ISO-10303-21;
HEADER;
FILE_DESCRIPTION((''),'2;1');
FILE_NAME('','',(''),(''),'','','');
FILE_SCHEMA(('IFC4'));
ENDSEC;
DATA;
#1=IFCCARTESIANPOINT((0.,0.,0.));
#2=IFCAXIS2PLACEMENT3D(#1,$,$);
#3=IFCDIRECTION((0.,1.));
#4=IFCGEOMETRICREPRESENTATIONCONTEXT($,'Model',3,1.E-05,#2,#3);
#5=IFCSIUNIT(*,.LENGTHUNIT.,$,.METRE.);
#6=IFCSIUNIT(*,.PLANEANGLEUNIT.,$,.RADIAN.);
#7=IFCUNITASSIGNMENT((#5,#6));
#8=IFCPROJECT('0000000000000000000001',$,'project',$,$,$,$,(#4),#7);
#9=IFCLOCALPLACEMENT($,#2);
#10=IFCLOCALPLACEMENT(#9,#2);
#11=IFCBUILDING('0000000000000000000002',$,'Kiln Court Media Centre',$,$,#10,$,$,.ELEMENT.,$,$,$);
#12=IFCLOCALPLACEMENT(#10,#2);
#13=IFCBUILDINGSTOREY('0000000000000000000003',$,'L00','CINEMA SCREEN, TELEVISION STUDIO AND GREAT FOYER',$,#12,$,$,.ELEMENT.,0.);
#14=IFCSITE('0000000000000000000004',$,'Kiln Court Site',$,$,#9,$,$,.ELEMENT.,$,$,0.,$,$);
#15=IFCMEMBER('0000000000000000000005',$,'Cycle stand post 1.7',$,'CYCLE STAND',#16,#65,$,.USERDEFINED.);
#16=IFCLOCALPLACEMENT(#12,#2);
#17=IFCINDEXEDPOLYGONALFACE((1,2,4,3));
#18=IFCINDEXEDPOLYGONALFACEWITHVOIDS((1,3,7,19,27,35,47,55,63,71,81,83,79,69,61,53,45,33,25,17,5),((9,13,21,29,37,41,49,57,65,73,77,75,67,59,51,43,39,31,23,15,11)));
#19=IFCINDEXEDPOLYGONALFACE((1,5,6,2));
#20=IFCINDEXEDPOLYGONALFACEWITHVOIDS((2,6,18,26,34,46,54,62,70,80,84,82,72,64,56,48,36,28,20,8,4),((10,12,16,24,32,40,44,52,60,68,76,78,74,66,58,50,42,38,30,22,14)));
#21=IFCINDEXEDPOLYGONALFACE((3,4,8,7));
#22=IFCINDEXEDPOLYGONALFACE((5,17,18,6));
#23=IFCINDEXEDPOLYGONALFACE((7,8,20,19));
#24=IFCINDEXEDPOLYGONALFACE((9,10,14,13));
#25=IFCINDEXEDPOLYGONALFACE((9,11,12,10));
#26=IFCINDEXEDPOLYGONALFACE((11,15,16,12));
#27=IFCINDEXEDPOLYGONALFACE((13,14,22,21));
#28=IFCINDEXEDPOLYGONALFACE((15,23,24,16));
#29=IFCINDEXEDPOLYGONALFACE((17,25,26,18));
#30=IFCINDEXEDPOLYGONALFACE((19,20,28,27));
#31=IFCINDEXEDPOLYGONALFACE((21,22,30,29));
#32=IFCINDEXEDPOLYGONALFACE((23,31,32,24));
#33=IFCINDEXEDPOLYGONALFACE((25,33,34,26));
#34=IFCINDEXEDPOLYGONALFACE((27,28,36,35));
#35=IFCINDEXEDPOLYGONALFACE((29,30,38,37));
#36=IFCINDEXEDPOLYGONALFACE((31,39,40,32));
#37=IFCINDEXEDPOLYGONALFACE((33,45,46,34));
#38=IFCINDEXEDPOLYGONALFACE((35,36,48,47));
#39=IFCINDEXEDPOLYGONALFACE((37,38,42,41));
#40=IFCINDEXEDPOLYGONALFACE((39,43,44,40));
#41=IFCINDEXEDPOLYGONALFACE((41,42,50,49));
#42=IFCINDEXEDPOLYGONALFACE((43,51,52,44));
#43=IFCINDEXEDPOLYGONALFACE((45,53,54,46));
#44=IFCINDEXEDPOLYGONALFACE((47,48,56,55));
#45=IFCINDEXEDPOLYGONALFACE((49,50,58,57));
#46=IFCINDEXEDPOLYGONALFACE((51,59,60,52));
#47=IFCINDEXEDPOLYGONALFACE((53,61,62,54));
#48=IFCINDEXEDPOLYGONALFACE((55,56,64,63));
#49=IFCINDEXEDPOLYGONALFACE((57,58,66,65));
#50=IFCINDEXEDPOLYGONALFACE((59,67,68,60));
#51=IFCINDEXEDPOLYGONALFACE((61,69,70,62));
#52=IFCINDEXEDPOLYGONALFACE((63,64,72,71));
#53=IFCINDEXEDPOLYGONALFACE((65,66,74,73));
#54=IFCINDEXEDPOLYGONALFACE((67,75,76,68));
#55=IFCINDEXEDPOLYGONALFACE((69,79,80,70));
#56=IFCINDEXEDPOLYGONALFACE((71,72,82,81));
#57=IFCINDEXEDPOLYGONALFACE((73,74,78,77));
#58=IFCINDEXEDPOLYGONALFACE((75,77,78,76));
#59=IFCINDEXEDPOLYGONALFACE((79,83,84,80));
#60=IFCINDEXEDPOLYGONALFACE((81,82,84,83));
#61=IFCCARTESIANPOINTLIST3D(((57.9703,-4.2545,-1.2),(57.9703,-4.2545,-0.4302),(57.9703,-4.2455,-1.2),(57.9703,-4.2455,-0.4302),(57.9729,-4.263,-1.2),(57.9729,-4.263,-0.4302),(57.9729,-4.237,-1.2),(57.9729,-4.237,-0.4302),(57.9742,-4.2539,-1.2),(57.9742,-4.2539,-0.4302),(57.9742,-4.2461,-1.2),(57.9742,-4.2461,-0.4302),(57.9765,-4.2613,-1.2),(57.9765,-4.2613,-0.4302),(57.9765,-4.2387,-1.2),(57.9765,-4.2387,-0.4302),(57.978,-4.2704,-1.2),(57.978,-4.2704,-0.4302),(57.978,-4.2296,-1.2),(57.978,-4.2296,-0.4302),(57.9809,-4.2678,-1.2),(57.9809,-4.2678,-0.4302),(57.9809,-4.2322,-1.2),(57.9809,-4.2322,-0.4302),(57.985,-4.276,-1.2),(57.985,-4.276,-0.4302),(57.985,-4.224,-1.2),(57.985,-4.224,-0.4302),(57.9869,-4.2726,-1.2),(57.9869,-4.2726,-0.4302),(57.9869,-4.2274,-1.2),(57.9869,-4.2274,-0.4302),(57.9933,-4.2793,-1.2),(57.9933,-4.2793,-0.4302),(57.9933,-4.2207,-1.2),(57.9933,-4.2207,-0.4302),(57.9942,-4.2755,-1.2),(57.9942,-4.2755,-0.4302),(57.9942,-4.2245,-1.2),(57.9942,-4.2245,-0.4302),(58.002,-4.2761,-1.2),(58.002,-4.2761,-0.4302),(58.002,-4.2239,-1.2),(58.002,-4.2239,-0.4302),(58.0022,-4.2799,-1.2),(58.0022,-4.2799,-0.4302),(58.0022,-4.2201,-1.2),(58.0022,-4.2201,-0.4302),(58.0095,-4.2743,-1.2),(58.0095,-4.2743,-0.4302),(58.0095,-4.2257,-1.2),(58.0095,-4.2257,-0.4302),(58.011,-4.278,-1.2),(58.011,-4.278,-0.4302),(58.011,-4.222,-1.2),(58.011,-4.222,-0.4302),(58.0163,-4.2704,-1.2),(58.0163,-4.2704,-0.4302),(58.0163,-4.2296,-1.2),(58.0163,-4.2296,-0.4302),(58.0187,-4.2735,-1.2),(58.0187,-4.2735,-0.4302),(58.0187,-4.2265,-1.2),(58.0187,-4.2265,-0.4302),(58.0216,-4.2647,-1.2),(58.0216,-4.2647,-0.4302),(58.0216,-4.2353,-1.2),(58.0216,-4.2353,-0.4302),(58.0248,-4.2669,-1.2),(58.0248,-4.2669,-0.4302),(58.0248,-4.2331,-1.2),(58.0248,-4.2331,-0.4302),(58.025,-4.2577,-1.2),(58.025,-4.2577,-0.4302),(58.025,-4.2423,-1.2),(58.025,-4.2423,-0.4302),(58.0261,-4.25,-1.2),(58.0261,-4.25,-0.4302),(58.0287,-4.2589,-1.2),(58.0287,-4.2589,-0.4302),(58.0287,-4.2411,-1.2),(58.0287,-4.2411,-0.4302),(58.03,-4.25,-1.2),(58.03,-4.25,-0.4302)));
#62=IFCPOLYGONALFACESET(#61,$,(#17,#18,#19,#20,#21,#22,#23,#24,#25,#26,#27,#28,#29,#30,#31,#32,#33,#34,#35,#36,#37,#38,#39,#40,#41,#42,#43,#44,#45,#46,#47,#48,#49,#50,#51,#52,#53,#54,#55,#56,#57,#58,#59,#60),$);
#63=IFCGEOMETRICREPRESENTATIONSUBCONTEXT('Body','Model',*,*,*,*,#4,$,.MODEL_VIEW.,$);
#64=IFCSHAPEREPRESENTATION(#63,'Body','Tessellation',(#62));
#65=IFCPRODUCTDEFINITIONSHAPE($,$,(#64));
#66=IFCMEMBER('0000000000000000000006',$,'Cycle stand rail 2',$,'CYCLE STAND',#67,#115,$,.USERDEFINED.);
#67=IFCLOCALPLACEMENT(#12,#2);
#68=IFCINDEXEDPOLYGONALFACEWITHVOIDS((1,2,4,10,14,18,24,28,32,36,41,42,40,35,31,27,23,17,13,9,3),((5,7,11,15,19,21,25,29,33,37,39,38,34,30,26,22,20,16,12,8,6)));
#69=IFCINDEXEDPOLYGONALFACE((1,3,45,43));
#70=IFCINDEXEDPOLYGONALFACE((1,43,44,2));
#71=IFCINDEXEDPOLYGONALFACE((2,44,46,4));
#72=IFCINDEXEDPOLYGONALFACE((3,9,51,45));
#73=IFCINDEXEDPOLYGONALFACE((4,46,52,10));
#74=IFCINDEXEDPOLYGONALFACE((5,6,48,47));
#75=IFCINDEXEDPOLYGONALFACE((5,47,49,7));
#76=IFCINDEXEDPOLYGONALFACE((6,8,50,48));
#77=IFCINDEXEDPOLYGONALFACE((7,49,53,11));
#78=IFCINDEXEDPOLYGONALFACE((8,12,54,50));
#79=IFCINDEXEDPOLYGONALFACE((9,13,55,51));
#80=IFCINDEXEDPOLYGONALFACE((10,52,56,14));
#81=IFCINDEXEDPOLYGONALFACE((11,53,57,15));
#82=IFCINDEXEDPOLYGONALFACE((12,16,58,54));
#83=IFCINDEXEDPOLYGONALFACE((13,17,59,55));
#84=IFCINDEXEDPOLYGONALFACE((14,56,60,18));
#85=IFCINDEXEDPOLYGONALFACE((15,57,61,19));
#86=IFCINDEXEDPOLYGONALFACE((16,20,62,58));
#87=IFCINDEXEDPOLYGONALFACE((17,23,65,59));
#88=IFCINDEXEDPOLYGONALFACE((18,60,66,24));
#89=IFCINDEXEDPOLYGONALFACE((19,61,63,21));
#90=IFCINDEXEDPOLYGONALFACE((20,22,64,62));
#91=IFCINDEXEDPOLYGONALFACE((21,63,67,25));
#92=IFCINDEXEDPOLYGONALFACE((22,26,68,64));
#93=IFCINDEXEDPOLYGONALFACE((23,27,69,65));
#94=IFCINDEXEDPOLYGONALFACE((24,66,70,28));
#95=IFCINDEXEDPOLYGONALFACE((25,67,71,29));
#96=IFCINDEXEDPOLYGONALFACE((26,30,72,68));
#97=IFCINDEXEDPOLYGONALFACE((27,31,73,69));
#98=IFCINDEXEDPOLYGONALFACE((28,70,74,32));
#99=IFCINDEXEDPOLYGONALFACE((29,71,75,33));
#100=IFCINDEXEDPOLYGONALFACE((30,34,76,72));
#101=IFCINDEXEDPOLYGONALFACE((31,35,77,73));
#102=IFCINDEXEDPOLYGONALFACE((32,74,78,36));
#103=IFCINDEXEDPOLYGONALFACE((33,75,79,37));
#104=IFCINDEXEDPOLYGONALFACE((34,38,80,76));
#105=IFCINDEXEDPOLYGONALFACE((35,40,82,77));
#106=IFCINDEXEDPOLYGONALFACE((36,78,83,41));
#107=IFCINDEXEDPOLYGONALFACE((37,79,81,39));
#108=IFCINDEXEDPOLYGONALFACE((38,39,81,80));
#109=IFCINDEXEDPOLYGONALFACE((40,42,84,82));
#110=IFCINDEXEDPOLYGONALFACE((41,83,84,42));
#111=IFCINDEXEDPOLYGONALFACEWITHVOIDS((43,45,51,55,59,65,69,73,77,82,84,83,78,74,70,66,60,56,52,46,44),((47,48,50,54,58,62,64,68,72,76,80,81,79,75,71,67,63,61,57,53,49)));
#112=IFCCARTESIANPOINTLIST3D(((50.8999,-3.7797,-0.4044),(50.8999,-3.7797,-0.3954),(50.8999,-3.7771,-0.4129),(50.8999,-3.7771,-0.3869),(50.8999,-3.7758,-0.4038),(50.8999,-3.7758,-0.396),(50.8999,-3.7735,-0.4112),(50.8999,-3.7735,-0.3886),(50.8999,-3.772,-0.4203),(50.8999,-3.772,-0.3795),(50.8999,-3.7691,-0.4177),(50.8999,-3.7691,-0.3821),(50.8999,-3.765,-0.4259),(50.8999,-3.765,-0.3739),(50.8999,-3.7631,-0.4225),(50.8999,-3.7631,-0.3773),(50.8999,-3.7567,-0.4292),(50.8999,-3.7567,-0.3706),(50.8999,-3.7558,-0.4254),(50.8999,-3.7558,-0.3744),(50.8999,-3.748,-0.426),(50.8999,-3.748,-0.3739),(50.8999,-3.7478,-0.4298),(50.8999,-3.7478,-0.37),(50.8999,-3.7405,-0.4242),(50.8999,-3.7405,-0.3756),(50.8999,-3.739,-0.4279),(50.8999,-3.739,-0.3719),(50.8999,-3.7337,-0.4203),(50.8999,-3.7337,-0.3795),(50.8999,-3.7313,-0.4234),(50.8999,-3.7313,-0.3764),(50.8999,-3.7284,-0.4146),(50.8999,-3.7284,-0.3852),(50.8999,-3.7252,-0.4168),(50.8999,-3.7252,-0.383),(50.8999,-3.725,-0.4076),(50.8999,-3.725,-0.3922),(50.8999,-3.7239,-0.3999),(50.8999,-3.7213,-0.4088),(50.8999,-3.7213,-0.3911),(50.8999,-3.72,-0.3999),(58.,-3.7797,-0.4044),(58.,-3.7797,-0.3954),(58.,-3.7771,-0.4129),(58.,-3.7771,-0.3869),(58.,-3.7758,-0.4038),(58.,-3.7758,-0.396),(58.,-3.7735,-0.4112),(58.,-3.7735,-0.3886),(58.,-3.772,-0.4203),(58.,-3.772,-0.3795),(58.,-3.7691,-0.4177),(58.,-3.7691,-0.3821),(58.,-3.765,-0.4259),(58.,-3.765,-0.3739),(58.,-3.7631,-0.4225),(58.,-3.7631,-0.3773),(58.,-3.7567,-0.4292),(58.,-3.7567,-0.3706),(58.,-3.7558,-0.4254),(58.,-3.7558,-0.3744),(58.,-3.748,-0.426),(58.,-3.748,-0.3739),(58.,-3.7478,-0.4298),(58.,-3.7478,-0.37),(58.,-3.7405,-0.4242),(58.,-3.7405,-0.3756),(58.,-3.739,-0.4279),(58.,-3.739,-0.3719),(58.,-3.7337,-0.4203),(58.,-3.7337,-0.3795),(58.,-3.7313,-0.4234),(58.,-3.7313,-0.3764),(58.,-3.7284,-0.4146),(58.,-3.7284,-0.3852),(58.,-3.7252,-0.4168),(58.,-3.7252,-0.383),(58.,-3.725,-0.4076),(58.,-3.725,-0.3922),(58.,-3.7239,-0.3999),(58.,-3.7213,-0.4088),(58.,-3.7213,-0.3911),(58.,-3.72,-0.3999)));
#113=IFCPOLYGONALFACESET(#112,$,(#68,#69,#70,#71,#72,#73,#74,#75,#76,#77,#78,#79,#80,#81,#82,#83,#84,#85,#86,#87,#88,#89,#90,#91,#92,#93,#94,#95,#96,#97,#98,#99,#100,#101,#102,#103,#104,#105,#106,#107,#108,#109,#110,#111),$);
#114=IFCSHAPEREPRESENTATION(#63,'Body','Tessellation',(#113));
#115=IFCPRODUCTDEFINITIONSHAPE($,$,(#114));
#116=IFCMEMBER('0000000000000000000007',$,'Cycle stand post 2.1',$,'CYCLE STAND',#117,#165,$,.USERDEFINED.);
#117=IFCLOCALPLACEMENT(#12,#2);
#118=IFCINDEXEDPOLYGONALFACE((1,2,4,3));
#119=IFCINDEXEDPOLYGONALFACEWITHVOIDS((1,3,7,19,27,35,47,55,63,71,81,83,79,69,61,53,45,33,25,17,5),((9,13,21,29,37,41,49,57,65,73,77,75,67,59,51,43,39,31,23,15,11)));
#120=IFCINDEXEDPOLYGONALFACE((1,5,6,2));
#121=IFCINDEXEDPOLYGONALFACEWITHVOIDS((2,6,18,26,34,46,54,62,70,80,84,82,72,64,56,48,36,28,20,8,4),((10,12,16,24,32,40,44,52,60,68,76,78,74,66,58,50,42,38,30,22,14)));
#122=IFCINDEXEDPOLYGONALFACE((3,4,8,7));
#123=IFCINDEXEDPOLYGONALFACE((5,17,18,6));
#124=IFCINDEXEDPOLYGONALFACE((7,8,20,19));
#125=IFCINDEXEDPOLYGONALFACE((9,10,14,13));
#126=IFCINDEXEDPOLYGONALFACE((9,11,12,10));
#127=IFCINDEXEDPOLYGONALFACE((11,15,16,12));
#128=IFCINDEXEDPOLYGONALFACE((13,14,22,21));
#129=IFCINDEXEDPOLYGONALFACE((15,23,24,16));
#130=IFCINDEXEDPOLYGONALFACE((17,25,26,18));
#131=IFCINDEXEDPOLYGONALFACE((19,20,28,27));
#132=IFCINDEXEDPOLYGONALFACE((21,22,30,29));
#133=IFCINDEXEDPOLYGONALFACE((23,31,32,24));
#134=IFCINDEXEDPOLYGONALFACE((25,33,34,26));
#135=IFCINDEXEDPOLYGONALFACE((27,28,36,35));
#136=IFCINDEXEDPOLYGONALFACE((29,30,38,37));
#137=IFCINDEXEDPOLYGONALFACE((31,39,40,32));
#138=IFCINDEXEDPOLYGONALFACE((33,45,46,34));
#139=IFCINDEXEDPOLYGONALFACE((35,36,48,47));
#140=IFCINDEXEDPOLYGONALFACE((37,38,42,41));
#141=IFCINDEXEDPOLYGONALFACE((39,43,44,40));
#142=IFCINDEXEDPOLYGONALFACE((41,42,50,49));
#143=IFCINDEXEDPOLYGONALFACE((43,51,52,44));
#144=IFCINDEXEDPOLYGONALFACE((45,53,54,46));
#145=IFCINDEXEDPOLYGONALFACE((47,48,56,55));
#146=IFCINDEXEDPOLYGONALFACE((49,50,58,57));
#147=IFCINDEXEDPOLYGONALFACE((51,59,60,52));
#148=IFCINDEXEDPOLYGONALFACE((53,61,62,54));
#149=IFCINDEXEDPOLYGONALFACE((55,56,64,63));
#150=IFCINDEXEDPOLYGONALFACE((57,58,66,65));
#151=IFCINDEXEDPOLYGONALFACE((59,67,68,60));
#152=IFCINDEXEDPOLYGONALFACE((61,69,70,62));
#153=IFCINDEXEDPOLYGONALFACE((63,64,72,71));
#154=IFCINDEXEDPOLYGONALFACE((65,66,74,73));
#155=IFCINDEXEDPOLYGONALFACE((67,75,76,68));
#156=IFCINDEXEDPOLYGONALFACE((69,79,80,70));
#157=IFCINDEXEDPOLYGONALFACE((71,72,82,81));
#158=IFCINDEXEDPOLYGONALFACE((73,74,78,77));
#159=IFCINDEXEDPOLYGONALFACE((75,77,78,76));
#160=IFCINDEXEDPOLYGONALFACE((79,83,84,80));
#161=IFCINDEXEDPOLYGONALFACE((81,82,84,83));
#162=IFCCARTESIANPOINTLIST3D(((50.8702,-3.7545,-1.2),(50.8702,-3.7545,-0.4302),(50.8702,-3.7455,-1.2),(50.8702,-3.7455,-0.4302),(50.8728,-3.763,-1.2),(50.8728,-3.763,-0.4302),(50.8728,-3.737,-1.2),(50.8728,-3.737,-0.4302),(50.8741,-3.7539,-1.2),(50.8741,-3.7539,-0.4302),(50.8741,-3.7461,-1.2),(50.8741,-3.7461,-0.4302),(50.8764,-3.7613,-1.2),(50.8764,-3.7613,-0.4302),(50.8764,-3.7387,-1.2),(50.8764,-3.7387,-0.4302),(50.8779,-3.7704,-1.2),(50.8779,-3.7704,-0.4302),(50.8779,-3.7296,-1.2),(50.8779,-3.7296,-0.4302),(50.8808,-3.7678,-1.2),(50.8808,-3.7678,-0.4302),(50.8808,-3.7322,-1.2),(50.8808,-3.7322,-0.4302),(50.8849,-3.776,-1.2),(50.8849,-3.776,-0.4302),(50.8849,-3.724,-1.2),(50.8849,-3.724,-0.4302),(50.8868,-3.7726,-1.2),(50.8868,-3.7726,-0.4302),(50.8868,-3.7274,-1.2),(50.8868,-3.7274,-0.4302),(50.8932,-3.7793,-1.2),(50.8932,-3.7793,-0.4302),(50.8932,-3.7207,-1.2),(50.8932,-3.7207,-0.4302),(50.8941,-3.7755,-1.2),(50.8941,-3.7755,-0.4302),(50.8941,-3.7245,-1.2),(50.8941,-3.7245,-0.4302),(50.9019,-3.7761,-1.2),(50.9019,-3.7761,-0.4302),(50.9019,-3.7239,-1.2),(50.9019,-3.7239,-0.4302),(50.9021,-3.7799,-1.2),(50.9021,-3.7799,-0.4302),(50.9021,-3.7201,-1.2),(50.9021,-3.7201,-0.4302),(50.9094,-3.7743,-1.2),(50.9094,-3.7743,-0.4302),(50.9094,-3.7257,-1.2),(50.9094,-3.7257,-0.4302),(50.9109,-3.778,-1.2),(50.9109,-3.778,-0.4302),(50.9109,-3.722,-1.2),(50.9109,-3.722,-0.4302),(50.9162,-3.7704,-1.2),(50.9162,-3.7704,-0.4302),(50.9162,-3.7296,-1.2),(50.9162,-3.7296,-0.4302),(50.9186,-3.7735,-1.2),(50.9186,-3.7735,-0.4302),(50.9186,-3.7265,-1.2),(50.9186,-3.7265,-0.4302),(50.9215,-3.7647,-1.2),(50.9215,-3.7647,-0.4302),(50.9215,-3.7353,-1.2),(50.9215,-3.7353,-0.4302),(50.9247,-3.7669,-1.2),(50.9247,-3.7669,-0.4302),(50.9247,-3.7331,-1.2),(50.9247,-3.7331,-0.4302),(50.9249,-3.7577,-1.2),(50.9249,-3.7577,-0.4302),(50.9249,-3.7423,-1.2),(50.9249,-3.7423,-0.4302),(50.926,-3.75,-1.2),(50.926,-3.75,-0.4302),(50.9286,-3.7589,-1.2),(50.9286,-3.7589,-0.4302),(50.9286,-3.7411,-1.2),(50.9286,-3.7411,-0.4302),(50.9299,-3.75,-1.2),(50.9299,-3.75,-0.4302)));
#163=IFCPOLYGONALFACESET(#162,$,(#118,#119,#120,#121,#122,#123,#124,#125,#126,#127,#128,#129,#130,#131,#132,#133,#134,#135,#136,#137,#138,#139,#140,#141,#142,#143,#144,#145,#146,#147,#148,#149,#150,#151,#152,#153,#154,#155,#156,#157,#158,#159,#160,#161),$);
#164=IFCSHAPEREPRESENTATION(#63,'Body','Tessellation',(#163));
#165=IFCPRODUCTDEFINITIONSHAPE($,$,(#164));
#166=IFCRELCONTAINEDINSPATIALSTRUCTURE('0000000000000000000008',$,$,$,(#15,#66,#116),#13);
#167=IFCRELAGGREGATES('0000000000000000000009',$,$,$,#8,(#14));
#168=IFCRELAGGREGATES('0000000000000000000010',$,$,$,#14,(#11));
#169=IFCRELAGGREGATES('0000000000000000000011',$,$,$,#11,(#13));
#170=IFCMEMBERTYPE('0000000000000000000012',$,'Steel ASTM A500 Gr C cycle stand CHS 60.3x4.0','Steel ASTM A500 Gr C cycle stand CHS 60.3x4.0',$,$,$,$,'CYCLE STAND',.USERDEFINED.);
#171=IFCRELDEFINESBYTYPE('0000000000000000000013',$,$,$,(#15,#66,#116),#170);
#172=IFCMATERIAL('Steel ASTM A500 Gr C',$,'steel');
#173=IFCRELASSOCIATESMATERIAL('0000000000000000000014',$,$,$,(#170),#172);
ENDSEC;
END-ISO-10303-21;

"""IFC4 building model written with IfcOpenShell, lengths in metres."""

from ifc_helpers import new_model, si_unit, direction, frame, origin, origin_2d, place, context, subcontext, project, spatial, hollow_circle, extrude, material, material_profile, profile_set, type_object, element, save


model = new_model("IFC4")

# Units and contexts
model_context = context("Model", 3, precision=1e-05, world=origin(), true_north=direction((0.0, 1.0)))
body_context = subcontext(model_context, "Body", "Model", "MODEL_VIEW")
ifc_project = project(units=[si_unit("LENGTHUNIT", "METRE"), si_unit("PLANEANGLEUNIT", "RADIAN")], contexts=[model_context])

# Site, building, storey
site_placement = place(None, origin())
site = spatial("IfcSite", under=ifc_project, at=site_placement, Name="Kiln Court Site", CompositionType="ELEMENT", RefElevation=0.0)
building_placement = place(site_placement, origin())
building = spatial("IfcBuilding", under=site, at=building_placement, Name="Kiln Court Media Centre", CompositionType="ELEMENT")
storey_placement = place(building_placement, origin())
storey = spatial("IfcBuildingStorey", under=building, at=storey_placement, Name="L00", Description="CINEMA SCREEN, TELEVISION STUDIO AND GREAT FOYER", CompositionType="ELEMENT", Elevation=0.0)

# Members
ifc_material = material(Name="Steel ASTM A500 Gr C", Category="steel")
ifc_material_profile = material_profile(ifc_material, hollow_circle(Radius=0.03, WallThickness=0.0039, at=origin_2d()), Name="CHS 60.3x4.0")
ifc_profile_set = profile_set([ifc_material_profile], Name="Steel ASTM A500 Gr C")
member_type = type_object("IfcMemberType", Name="Steel ASTM A500 Gr C cycle stand CHS 60.3x4.0", Description="Steel ASTM A500 Gr C cycle stand CHS 60.3x4.0", ElementType="CYCLE STAND", PredefinedType="USERDEFINED", material=ifc_profile_set)
for number, where, z_axis, x_axis, name in (
    (1, (58.0, -4.25, -1.2), (0.0, 0.0, 1.0), (1.0, 0.0, 0.0), "Cycle stand post 1.7"),
):
    element("IfcMember", number, at=place(storey_placement, frame(where, z_axis=z_axis, x_axis=x_axis)), inside=storey, type_object=member_type, Name=name, ObjectType="CYCLE STAND", PredefinedType="USERDEFINED", context=body_context, shape_type="SweptSolid", body=[
        extrude(hollow_circle(Radius=0.03, WallThickness=0.0039, at=origin_2d()), origin(), (0.0, 0.0, 1.0), 0.7698),
    ])
member_1_placement = place(storey_placement, frame((50.8999, -3.75, -0.3999), z_axis=(1.0, 0.0, 0.0), x_axis=(0.0, 1.0, 0.0)))
element("IfcMember", 2, at=member_1_placement, inside=storey, type_object=member_type, Name="Cycle stand rail 2", ObjectType="CYCLE STAND", PredefinedType="USERDEFINED", context=body_context, shape_type="SweptSolid", body=[
    extrude(hollow_circle(Radius=0.03, WallThickness=0.0039, at=origin_2d()), origin(), (0.0, 0.0, 1.0), 7.1001),
])
for number, where, z_axis, x_axis, name in (
    (3, (50.8999, -3.75, -1.2), (0.0, 0.0, 1.0), (1.0, 0.0, 0.0), "Cycle stand post 2.1"),
):
    element("IfcMember", number, at=place(storey_placement, frame(where, z_axis=z_axis, x_axis=x_axis)), inside=storey, type_object=member_type, Name=name, ObjectType="CYCLE STAND", PredefinedType="USERDEFINED", context=body_context, shape_type="SweptSolid", body=[
        extrude(hollow_circle(Radius=0.03, WallThickness=0.0039, at=origin_2d()), origin(), (0.0, 0.0, 1.0), 0.7698),
    ])

save(model, "model.ifc")
